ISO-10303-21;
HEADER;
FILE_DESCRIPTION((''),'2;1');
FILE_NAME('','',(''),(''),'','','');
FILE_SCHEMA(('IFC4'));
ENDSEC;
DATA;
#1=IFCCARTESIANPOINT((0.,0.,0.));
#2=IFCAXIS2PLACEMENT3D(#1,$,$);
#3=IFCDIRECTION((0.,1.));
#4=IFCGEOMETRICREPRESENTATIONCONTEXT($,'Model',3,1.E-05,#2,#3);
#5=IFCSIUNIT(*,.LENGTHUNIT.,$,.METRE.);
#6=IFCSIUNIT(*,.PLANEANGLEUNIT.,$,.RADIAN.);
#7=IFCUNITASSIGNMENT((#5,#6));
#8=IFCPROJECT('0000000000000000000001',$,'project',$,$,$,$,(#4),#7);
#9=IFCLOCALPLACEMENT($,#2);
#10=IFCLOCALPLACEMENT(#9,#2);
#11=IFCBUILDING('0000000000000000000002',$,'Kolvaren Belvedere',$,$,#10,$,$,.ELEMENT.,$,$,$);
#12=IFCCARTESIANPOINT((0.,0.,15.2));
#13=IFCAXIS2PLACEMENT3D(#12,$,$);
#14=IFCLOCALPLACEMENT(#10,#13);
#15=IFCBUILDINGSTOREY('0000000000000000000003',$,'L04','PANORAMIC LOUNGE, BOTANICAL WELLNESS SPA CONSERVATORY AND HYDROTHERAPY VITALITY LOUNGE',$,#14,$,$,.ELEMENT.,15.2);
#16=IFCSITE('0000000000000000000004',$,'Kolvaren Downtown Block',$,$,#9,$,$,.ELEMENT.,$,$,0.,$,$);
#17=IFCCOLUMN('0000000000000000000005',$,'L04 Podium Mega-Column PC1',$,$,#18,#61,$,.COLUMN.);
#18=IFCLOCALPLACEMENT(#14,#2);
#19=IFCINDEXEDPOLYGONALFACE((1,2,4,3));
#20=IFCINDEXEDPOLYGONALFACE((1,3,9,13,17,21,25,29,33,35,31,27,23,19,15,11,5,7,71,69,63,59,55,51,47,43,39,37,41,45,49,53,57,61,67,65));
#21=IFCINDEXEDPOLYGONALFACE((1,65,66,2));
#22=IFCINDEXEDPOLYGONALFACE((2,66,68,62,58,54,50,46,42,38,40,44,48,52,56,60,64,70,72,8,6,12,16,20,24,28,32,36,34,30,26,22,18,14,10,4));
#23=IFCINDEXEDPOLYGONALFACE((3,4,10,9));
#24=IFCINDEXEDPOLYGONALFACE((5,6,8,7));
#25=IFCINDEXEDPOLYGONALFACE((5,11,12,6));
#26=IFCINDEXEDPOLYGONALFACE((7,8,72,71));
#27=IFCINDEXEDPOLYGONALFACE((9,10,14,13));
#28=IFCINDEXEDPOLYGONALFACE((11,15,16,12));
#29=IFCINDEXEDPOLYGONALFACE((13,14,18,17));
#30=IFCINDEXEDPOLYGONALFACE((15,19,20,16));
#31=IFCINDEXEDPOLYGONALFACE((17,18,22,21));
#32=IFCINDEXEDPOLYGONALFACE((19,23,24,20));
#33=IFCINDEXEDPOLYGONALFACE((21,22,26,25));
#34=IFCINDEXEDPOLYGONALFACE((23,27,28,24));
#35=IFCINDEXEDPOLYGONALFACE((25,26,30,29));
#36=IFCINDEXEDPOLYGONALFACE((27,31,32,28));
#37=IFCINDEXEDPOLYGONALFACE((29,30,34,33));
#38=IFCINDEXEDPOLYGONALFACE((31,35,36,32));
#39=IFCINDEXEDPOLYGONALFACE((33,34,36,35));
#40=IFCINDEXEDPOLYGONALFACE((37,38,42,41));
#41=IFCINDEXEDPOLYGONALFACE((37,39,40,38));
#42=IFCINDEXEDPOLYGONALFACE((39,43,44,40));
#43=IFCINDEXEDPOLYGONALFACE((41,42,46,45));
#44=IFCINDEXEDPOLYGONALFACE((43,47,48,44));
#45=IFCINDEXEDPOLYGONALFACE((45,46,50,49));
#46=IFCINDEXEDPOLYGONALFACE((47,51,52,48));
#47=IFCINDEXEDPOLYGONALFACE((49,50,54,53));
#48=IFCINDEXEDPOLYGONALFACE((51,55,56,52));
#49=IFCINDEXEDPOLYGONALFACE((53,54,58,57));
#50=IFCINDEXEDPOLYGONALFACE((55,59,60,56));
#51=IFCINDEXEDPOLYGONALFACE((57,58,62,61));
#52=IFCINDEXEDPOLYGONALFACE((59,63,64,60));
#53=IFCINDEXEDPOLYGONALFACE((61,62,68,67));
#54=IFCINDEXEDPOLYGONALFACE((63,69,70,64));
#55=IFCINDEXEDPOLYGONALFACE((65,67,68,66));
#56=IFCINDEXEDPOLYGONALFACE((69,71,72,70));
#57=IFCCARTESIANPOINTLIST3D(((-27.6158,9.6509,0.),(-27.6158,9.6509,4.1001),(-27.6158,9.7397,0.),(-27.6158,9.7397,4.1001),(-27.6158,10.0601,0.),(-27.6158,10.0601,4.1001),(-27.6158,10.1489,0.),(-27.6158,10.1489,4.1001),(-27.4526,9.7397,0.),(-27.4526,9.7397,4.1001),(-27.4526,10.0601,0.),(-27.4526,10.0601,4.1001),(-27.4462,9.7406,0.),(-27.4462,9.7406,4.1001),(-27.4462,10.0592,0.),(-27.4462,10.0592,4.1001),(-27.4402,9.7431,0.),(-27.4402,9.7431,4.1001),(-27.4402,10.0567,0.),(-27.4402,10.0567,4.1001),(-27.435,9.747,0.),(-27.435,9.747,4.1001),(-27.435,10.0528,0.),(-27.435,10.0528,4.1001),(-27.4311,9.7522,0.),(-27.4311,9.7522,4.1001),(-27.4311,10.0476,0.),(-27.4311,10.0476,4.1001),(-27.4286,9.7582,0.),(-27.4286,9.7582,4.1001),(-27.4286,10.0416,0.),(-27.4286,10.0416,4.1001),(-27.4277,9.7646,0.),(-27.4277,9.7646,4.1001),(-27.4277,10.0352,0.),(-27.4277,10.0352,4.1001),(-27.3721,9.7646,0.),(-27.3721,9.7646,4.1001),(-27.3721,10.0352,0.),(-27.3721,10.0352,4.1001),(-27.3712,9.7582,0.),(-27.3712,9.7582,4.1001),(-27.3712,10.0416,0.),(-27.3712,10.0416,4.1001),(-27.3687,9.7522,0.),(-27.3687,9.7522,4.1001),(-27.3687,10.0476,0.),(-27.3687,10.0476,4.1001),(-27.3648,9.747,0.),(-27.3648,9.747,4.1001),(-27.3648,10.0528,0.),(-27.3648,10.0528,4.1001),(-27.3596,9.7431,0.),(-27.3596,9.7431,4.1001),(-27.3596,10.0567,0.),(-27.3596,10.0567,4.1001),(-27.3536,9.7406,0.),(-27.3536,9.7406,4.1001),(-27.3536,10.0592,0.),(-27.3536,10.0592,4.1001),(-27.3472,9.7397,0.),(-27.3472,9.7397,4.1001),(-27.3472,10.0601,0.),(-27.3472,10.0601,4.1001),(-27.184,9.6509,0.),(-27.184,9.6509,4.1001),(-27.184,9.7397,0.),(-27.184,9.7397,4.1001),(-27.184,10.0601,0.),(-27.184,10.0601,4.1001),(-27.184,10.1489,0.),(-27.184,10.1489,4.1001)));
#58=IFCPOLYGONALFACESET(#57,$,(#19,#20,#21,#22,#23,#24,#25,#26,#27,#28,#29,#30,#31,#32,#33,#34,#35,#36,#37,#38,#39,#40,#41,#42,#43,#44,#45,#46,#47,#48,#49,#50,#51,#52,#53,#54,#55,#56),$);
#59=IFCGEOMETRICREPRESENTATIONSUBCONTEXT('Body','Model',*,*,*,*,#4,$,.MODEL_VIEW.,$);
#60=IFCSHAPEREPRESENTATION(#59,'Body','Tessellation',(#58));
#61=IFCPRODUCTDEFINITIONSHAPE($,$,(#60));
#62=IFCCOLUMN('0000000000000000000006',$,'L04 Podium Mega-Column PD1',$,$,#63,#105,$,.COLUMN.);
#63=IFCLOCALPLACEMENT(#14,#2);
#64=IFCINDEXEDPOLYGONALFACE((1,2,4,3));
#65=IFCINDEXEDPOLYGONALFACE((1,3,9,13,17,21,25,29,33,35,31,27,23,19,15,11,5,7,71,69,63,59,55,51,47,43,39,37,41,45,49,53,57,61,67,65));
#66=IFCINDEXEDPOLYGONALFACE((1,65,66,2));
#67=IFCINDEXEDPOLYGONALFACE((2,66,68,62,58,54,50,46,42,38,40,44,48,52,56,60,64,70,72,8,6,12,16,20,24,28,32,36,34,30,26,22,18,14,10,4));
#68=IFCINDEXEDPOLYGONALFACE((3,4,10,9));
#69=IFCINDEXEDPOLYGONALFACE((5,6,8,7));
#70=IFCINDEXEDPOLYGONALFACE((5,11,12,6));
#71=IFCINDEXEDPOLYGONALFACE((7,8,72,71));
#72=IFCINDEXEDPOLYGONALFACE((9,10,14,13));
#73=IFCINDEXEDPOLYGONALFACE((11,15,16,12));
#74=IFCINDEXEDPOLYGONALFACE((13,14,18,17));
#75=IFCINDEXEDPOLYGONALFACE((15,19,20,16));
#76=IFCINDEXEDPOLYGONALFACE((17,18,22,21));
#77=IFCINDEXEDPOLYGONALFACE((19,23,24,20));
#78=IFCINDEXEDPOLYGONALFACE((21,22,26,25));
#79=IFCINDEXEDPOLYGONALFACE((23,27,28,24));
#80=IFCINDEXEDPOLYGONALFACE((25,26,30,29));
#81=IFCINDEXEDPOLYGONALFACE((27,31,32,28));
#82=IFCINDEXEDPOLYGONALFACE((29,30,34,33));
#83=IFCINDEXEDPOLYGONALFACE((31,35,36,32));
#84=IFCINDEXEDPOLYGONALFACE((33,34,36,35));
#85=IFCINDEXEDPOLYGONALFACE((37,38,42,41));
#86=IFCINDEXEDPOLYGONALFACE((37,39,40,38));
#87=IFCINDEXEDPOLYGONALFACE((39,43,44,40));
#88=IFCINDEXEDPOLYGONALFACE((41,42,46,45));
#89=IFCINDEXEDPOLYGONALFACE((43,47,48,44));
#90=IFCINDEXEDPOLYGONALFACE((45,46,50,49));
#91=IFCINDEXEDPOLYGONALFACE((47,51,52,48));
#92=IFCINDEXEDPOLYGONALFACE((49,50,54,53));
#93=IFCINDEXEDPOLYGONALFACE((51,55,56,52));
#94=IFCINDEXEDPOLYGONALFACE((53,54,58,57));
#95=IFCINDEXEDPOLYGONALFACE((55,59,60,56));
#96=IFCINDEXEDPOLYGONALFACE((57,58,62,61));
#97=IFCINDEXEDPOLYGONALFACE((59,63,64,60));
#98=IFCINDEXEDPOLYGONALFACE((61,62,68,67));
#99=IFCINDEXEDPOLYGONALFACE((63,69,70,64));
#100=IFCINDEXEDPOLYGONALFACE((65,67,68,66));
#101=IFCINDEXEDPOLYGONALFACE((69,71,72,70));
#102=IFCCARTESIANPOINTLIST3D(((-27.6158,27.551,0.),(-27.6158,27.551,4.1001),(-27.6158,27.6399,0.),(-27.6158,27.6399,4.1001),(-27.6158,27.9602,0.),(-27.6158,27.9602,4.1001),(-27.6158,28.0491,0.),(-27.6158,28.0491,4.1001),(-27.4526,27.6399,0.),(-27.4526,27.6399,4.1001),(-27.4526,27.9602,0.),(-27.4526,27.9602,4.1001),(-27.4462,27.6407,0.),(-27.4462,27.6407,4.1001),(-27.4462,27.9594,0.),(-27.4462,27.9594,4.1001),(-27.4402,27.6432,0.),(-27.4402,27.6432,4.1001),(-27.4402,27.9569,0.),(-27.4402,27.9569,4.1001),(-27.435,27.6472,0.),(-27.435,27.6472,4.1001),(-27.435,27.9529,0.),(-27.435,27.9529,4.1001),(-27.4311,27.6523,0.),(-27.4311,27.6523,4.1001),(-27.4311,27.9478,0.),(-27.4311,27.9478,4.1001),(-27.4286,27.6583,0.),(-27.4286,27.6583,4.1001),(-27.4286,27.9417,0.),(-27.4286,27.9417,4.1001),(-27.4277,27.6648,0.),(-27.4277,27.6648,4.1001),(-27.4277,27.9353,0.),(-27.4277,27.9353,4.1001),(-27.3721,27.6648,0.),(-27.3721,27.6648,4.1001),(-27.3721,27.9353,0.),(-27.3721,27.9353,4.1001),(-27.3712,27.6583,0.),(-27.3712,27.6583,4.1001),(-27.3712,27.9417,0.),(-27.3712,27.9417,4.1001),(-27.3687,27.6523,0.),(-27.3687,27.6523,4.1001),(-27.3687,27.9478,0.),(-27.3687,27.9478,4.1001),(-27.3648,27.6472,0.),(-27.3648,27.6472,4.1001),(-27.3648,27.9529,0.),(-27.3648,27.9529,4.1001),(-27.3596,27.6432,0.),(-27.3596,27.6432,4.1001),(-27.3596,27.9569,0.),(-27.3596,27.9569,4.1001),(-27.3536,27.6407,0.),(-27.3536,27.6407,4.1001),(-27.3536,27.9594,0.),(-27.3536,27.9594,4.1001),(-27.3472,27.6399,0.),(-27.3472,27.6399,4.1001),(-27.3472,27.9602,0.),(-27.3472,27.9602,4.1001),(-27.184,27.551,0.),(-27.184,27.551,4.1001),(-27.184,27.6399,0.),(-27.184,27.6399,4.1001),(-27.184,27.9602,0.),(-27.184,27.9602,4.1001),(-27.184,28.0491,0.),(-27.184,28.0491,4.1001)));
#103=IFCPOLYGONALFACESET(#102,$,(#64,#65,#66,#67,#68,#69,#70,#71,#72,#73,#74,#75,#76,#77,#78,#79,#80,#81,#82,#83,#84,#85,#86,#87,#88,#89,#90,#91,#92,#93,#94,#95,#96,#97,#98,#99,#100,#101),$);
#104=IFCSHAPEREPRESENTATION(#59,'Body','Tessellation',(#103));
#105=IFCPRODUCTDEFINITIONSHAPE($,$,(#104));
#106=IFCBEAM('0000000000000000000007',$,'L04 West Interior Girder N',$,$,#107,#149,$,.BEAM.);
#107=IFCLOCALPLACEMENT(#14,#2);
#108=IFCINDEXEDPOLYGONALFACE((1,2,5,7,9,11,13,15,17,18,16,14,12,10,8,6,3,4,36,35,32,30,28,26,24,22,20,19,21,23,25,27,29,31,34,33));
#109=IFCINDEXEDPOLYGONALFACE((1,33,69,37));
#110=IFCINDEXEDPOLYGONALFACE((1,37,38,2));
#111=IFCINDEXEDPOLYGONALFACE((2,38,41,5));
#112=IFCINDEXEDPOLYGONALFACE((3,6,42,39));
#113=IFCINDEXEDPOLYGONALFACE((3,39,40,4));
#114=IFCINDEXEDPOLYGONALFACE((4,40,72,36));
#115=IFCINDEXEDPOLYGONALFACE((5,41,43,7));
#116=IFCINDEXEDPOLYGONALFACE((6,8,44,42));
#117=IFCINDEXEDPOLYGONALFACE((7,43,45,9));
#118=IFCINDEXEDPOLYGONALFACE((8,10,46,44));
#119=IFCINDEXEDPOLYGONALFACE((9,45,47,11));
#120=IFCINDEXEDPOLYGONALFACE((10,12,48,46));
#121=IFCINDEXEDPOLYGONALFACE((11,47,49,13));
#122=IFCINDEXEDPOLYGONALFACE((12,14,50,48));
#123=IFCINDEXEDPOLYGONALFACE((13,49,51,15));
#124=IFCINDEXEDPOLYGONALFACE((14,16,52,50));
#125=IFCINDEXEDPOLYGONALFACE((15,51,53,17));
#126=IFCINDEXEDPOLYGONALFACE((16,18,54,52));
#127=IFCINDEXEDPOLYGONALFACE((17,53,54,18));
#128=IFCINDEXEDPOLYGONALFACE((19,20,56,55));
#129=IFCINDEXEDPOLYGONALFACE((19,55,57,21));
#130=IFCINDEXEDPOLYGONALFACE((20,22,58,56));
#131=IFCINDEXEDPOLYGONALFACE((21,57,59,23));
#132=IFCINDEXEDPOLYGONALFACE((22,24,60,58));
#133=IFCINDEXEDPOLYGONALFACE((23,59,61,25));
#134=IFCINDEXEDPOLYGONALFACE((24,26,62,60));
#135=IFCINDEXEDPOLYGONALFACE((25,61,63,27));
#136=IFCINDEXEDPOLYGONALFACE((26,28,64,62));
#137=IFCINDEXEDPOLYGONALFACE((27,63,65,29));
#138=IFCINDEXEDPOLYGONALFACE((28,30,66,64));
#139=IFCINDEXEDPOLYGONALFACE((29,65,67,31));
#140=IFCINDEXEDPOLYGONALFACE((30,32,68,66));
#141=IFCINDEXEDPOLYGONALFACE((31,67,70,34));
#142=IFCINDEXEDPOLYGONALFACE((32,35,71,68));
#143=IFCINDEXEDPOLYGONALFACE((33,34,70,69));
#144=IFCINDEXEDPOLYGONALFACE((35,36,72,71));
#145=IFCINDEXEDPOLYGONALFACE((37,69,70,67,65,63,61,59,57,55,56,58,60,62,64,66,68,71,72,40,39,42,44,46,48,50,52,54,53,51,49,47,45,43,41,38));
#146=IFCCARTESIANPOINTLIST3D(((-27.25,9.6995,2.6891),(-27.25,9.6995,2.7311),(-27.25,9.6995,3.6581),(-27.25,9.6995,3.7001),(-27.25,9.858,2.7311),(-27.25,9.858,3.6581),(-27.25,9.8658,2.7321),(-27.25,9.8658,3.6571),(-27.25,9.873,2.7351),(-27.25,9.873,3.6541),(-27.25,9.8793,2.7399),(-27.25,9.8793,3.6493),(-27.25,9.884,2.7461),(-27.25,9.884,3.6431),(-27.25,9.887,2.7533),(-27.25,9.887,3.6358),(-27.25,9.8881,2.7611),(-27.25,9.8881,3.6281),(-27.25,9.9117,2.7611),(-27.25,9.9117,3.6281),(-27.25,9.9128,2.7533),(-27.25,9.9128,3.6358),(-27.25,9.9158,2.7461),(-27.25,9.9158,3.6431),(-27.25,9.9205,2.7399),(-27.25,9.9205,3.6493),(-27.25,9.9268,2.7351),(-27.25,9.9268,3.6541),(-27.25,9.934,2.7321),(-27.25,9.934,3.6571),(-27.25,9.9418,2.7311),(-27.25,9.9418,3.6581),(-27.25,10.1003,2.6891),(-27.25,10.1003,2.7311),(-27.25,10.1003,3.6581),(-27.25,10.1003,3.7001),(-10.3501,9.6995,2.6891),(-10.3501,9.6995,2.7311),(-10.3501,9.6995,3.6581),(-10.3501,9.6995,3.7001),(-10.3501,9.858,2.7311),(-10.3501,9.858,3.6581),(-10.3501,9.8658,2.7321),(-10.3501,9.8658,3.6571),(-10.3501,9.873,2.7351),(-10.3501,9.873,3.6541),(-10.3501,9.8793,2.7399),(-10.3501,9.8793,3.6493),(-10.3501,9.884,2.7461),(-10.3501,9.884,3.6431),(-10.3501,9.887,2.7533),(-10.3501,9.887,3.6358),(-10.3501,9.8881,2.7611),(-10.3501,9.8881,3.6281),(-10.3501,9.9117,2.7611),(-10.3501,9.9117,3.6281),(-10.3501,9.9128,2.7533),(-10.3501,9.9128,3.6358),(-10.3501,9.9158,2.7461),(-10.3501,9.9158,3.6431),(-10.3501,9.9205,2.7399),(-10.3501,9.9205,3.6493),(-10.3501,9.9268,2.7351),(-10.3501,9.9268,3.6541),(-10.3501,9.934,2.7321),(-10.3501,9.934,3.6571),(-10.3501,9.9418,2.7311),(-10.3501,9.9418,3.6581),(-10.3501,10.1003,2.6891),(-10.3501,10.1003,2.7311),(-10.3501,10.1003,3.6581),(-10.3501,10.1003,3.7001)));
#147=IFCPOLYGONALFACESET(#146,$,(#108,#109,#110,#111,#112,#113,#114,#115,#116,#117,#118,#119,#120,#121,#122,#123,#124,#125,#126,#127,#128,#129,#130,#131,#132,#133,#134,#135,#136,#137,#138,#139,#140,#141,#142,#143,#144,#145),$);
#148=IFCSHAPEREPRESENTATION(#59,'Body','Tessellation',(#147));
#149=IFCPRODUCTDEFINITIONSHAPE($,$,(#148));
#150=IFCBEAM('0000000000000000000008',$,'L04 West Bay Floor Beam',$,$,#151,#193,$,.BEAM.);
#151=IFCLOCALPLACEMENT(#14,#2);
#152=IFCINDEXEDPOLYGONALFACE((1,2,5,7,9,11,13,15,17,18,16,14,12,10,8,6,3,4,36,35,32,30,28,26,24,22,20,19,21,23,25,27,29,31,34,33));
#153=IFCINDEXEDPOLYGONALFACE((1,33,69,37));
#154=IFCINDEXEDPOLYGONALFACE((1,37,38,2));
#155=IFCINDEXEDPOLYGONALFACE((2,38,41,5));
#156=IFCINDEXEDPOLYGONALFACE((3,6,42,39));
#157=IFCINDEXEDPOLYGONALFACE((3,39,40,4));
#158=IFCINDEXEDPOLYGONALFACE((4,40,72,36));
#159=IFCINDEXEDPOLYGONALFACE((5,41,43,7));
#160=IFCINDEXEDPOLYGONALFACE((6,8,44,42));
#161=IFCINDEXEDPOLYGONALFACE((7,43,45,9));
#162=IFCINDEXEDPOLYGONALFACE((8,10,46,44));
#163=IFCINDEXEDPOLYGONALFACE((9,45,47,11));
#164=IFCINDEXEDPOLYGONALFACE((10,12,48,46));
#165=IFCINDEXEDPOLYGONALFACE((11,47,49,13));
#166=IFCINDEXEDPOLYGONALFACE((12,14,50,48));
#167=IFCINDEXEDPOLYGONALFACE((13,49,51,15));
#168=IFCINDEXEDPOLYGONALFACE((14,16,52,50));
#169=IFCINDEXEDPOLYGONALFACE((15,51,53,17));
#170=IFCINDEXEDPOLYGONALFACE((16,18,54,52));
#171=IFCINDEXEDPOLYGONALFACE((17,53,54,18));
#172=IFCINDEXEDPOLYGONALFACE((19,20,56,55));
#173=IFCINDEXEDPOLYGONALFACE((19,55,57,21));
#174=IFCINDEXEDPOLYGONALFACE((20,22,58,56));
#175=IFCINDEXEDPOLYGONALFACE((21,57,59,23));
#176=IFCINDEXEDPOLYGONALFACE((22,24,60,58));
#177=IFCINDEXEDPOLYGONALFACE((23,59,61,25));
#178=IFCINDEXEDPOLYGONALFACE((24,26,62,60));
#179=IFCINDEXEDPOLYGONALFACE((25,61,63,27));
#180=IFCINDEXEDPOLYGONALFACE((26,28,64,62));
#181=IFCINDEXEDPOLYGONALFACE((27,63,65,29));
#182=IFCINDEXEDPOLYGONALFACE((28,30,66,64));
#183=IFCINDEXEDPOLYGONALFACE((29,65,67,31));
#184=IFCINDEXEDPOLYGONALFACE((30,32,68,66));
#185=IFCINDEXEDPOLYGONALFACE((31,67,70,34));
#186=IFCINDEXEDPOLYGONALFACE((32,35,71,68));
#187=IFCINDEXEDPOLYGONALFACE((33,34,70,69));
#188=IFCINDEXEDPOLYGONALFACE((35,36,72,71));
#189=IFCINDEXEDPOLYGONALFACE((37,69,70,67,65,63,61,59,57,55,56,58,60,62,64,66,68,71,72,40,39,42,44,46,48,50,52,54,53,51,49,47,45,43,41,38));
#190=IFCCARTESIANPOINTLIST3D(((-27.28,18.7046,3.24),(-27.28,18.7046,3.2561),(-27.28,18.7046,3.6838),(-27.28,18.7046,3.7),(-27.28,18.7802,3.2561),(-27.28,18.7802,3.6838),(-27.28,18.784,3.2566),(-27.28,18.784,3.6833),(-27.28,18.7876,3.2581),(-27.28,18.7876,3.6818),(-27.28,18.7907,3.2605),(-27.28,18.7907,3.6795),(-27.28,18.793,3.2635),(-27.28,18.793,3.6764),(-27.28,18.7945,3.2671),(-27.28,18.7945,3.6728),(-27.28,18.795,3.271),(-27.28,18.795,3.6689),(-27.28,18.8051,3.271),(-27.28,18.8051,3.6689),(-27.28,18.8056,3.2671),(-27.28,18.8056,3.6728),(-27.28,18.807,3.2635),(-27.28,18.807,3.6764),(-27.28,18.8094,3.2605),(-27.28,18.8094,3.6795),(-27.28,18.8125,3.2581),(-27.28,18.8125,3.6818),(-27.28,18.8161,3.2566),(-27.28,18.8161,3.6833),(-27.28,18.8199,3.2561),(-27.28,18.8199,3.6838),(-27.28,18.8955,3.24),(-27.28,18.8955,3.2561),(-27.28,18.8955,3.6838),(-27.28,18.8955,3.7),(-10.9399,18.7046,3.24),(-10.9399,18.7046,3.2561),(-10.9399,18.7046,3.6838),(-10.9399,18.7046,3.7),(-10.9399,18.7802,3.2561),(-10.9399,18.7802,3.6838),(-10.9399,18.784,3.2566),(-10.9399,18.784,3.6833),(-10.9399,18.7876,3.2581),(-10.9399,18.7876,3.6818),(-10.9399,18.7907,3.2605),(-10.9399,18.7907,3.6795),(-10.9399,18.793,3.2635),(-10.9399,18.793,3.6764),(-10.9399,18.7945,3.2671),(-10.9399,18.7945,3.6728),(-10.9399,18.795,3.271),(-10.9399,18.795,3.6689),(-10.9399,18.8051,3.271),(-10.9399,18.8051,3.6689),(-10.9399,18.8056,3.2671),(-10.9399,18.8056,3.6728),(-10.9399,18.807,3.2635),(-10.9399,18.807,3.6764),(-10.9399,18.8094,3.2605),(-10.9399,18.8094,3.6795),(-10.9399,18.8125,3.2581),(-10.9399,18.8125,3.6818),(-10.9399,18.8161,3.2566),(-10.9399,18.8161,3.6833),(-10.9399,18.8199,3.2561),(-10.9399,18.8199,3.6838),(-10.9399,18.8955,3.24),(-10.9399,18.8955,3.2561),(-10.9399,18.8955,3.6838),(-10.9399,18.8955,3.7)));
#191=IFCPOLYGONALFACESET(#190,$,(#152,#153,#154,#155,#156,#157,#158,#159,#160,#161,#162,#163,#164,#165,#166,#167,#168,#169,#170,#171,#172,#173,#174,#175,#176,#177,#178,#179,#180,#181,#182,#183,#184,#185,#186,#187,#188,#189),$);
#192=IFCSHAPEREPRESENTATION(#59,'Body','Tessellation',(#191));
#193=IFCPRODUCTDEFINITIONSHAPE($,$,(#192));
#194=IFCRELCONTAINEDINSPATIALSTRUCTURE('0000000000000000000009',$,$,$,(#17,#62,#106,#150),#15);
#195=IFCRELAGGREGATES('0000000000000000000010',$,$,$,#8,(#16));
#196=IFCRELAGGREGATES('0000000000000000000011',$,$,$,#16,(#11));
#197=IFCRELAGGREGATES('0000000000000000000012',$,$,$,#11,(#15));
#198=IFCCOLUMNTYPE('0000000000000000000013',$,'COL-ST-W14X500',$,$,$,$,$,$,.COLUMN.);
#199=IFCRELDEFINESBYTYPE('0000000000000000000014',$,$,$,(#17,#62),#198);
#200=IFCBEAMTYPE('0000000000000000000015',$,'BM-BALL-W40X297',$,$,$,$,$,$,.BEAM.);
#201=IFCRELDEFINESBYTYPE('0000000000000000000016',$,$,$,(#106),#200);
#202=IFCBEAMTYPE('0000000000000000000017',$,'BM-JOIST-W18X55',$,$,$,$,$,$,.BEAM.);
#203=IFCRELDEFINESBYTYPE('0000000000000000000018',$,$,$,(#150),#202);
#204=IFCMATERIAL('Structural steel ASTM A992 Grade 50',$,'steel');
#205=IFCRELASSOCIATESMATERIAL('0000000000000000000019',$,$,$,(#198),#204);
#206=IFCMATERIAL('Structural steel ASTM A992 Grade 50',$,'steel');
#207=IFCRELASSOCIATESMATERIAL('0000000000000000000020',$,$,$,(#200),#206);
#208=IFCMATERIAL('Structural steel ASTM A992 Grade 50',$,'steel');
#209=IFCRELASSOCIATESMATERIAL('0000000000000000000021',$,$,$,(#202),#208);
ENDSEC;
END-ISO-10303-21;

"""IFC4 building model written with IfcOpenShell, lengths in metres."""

from ifc_helpers import new_model, si_unit, direction, frame, origin, origin_2d, place, context, subcontext, project, spatial, i_section, extrude, material, material_profile, profile_set, type_object, element, save


model = new_model("IFC4")

# Units and contexts
model_context = context("Model", 3, precision=1e-05, world=origin(), true_north=direction((0.0, 1.0)))
body_context = subcontext(model_context, "Body", "Model", "MODEL_VIEW")
ifc_project = project(units=[si_unit("LENGTHUNIT", "METRE"), si_unit("PLANEANGLEUNIT", "RADIAN")], contexts=[model_context])

# Site, building, storey
site_placement = place(None, origin())
site = spatial("IfcSite", under=ifc_project, at=site_placement, Name="Kolvaren Downtown Block", CompositionType="ELEMENT", RefElevation=0.0)
building_placement = place(site_placement, origin())
building = spatial("IfcBuilding", under=site, at=building_placement, Name="Kolvaren Belvedere", CompositionType="ELEMENT")
storey_placement = place(building_placement, frame((0.0, 0.0, 15.2)))
storey = spatial("IfcBuildingStorey", under=building, at=storey_placement, Name="L04", Description="PANORAMIC LOUNGE, BOTANICAL WELLNESS SPA CONSERVATORY AND HYDROTHERAPY VITALITY LOUNGE", CompositionType="ELEMENT", Elevation=15.2)

# Columns
ifc_material_1 = material(Name="Structural steel ASTM A992 Grade 50", Category="steel")
ifc_material_profile_1 = material_profile(ifc_material_1, i_section(OverallWidth=0.4319, OverallDepth=0.498, WebThickness=0.0557, FlangeThickness=0.0889, FilletRadius=0.0249, at=origin_2d()), Name="W14X500")
ifc_profile_set_1 = profile_set([ifc_material_profile_1], Name="Structural steel ASTM A992 Grade 50")
column_type = type_object("IfcColumnType", Name="COL-ST-W14X500", PredefinedType="COLUMN", material=ifc_profile_set_1)
for number, where, z_axis, x_axis, name in (
    (1, (-27.3999, 9.8999, 0.0), (0.0, 0.0, 1.0), (1.0, 0.0, 0.0), "L04 Podium Mega-Column PC1"),
    (2, (-27.3999, 27.8, 0.0), (0.0, 0.0, 1.0), (1.0, 0.0, 0.0), "L04 Podium Mega-Column PD1"),
):
    element("IfcColumn", number, at=place(storey_placement, frame(where, z_axis=z_axis, x_axis=x_axis)), inside=storey, type_object=column_type, Name=name, PredefinedType="COLUMN", context=body_context, shape_type="SweptSolid", body=[
        extrude(i_section(OverallWidth=0.4319, OverallDepth=0.498, WebThickness=0.0557, FlangeThickness=0.0889, FilletRadius=0.0249, at=origin_2d()), origin(), (0.0, 0.0, 1.0), 4.1001),
    ])

# Beams
ifc_material_2 = material(Name="Structural steel ASTM A992 Grade 50", Category="steel")
ifc_material_profile_2 = material_profile(ifc_material_2, i_section(OverallWidth=0.4009, OverallDepth=1.011, WebThickness=0.0237, FlangeThickness=0.042, FilletRadius=0.03, at=origin_2d()), Name="W40X297")
ifc_profile_set_2 = profile_set([ifc_material_profile_2], Name="Structural steel ASTM A992 Grade 50")
beam_type_1 = type_object("IfcBeamType", Name="BM-BALL-W40X297", PredefinedType="BEAM", material=ifc_profile_set_2)
beam_1_placement = place(storey_placement, frame((-27.25, 9.8999, 3.1946), z_axis=(1.0, 0.0, 0.0), x_axis=(0.0, 1.0, 0.0)))
element("IfcBeam", 3, at=beam_1_placement, inside=storey, type_object=beam_type_1, Name="L04 West Interior Girder N", PredefinedType="BEAM", context=body_context, shape_type="SweptSolid", body=[
    extrude(i_section(OverallWidth=0.4009, OverallDepth=1.011, WebThickness=0.0237, FlangeThickness=0.042, FilletRadius=0.03, at=origin_2d()), origin(), (0.0, 0.0, 1.0), 16.8999),
])
ifc_material_3 = material(Name="Structural steel ASTM A992 Grade 50", Category="steel")
ifc_material_profile_3 = material_profile(ifc_material_3, i_section(OverallWidth=0.1909, OverallDepth=0.46, WebThickness=0.01, FlangeThickness=0.0161, FilletRadius=0.0149, at=origin_2d()), Name="W18X55")
ifc_profile_set_3 = profile_set([ifc_material_profile_3], Name="Structural steel ASTM A992 Grade 50")
beam_type_2 = type_object("IfcBeamType", Name="BM-JOIST-W18X55", PredefinedType="BEAM", material=ifc_profile_set_3)
beam_2_placement = place(storey_placement, frame((-27.28, 18.8, 3.47), z_axis=(1.0, 0.0, 0.0), x_axis=(0.0, 1.0, 0.0)))
element("IfcBeam", 4, at=beam_2_placement, inside=storey, type_object=beam_type_2, Name="L04 West Bay Floor Beam", PredefinedType="BEAM", context=body_context, shape_type="SweptSolid", body=[
    extrude(i_section(OverallWidth=0.1909, OverallDepth=0.46, WebThickness=0.01, FlangeThickness=0.0161, FilletRadius=0.0149, at=origin_2d()), origin(), (0.0, 0.0, 1.0), 16.3401),
])

save(model, "model.ifc")
